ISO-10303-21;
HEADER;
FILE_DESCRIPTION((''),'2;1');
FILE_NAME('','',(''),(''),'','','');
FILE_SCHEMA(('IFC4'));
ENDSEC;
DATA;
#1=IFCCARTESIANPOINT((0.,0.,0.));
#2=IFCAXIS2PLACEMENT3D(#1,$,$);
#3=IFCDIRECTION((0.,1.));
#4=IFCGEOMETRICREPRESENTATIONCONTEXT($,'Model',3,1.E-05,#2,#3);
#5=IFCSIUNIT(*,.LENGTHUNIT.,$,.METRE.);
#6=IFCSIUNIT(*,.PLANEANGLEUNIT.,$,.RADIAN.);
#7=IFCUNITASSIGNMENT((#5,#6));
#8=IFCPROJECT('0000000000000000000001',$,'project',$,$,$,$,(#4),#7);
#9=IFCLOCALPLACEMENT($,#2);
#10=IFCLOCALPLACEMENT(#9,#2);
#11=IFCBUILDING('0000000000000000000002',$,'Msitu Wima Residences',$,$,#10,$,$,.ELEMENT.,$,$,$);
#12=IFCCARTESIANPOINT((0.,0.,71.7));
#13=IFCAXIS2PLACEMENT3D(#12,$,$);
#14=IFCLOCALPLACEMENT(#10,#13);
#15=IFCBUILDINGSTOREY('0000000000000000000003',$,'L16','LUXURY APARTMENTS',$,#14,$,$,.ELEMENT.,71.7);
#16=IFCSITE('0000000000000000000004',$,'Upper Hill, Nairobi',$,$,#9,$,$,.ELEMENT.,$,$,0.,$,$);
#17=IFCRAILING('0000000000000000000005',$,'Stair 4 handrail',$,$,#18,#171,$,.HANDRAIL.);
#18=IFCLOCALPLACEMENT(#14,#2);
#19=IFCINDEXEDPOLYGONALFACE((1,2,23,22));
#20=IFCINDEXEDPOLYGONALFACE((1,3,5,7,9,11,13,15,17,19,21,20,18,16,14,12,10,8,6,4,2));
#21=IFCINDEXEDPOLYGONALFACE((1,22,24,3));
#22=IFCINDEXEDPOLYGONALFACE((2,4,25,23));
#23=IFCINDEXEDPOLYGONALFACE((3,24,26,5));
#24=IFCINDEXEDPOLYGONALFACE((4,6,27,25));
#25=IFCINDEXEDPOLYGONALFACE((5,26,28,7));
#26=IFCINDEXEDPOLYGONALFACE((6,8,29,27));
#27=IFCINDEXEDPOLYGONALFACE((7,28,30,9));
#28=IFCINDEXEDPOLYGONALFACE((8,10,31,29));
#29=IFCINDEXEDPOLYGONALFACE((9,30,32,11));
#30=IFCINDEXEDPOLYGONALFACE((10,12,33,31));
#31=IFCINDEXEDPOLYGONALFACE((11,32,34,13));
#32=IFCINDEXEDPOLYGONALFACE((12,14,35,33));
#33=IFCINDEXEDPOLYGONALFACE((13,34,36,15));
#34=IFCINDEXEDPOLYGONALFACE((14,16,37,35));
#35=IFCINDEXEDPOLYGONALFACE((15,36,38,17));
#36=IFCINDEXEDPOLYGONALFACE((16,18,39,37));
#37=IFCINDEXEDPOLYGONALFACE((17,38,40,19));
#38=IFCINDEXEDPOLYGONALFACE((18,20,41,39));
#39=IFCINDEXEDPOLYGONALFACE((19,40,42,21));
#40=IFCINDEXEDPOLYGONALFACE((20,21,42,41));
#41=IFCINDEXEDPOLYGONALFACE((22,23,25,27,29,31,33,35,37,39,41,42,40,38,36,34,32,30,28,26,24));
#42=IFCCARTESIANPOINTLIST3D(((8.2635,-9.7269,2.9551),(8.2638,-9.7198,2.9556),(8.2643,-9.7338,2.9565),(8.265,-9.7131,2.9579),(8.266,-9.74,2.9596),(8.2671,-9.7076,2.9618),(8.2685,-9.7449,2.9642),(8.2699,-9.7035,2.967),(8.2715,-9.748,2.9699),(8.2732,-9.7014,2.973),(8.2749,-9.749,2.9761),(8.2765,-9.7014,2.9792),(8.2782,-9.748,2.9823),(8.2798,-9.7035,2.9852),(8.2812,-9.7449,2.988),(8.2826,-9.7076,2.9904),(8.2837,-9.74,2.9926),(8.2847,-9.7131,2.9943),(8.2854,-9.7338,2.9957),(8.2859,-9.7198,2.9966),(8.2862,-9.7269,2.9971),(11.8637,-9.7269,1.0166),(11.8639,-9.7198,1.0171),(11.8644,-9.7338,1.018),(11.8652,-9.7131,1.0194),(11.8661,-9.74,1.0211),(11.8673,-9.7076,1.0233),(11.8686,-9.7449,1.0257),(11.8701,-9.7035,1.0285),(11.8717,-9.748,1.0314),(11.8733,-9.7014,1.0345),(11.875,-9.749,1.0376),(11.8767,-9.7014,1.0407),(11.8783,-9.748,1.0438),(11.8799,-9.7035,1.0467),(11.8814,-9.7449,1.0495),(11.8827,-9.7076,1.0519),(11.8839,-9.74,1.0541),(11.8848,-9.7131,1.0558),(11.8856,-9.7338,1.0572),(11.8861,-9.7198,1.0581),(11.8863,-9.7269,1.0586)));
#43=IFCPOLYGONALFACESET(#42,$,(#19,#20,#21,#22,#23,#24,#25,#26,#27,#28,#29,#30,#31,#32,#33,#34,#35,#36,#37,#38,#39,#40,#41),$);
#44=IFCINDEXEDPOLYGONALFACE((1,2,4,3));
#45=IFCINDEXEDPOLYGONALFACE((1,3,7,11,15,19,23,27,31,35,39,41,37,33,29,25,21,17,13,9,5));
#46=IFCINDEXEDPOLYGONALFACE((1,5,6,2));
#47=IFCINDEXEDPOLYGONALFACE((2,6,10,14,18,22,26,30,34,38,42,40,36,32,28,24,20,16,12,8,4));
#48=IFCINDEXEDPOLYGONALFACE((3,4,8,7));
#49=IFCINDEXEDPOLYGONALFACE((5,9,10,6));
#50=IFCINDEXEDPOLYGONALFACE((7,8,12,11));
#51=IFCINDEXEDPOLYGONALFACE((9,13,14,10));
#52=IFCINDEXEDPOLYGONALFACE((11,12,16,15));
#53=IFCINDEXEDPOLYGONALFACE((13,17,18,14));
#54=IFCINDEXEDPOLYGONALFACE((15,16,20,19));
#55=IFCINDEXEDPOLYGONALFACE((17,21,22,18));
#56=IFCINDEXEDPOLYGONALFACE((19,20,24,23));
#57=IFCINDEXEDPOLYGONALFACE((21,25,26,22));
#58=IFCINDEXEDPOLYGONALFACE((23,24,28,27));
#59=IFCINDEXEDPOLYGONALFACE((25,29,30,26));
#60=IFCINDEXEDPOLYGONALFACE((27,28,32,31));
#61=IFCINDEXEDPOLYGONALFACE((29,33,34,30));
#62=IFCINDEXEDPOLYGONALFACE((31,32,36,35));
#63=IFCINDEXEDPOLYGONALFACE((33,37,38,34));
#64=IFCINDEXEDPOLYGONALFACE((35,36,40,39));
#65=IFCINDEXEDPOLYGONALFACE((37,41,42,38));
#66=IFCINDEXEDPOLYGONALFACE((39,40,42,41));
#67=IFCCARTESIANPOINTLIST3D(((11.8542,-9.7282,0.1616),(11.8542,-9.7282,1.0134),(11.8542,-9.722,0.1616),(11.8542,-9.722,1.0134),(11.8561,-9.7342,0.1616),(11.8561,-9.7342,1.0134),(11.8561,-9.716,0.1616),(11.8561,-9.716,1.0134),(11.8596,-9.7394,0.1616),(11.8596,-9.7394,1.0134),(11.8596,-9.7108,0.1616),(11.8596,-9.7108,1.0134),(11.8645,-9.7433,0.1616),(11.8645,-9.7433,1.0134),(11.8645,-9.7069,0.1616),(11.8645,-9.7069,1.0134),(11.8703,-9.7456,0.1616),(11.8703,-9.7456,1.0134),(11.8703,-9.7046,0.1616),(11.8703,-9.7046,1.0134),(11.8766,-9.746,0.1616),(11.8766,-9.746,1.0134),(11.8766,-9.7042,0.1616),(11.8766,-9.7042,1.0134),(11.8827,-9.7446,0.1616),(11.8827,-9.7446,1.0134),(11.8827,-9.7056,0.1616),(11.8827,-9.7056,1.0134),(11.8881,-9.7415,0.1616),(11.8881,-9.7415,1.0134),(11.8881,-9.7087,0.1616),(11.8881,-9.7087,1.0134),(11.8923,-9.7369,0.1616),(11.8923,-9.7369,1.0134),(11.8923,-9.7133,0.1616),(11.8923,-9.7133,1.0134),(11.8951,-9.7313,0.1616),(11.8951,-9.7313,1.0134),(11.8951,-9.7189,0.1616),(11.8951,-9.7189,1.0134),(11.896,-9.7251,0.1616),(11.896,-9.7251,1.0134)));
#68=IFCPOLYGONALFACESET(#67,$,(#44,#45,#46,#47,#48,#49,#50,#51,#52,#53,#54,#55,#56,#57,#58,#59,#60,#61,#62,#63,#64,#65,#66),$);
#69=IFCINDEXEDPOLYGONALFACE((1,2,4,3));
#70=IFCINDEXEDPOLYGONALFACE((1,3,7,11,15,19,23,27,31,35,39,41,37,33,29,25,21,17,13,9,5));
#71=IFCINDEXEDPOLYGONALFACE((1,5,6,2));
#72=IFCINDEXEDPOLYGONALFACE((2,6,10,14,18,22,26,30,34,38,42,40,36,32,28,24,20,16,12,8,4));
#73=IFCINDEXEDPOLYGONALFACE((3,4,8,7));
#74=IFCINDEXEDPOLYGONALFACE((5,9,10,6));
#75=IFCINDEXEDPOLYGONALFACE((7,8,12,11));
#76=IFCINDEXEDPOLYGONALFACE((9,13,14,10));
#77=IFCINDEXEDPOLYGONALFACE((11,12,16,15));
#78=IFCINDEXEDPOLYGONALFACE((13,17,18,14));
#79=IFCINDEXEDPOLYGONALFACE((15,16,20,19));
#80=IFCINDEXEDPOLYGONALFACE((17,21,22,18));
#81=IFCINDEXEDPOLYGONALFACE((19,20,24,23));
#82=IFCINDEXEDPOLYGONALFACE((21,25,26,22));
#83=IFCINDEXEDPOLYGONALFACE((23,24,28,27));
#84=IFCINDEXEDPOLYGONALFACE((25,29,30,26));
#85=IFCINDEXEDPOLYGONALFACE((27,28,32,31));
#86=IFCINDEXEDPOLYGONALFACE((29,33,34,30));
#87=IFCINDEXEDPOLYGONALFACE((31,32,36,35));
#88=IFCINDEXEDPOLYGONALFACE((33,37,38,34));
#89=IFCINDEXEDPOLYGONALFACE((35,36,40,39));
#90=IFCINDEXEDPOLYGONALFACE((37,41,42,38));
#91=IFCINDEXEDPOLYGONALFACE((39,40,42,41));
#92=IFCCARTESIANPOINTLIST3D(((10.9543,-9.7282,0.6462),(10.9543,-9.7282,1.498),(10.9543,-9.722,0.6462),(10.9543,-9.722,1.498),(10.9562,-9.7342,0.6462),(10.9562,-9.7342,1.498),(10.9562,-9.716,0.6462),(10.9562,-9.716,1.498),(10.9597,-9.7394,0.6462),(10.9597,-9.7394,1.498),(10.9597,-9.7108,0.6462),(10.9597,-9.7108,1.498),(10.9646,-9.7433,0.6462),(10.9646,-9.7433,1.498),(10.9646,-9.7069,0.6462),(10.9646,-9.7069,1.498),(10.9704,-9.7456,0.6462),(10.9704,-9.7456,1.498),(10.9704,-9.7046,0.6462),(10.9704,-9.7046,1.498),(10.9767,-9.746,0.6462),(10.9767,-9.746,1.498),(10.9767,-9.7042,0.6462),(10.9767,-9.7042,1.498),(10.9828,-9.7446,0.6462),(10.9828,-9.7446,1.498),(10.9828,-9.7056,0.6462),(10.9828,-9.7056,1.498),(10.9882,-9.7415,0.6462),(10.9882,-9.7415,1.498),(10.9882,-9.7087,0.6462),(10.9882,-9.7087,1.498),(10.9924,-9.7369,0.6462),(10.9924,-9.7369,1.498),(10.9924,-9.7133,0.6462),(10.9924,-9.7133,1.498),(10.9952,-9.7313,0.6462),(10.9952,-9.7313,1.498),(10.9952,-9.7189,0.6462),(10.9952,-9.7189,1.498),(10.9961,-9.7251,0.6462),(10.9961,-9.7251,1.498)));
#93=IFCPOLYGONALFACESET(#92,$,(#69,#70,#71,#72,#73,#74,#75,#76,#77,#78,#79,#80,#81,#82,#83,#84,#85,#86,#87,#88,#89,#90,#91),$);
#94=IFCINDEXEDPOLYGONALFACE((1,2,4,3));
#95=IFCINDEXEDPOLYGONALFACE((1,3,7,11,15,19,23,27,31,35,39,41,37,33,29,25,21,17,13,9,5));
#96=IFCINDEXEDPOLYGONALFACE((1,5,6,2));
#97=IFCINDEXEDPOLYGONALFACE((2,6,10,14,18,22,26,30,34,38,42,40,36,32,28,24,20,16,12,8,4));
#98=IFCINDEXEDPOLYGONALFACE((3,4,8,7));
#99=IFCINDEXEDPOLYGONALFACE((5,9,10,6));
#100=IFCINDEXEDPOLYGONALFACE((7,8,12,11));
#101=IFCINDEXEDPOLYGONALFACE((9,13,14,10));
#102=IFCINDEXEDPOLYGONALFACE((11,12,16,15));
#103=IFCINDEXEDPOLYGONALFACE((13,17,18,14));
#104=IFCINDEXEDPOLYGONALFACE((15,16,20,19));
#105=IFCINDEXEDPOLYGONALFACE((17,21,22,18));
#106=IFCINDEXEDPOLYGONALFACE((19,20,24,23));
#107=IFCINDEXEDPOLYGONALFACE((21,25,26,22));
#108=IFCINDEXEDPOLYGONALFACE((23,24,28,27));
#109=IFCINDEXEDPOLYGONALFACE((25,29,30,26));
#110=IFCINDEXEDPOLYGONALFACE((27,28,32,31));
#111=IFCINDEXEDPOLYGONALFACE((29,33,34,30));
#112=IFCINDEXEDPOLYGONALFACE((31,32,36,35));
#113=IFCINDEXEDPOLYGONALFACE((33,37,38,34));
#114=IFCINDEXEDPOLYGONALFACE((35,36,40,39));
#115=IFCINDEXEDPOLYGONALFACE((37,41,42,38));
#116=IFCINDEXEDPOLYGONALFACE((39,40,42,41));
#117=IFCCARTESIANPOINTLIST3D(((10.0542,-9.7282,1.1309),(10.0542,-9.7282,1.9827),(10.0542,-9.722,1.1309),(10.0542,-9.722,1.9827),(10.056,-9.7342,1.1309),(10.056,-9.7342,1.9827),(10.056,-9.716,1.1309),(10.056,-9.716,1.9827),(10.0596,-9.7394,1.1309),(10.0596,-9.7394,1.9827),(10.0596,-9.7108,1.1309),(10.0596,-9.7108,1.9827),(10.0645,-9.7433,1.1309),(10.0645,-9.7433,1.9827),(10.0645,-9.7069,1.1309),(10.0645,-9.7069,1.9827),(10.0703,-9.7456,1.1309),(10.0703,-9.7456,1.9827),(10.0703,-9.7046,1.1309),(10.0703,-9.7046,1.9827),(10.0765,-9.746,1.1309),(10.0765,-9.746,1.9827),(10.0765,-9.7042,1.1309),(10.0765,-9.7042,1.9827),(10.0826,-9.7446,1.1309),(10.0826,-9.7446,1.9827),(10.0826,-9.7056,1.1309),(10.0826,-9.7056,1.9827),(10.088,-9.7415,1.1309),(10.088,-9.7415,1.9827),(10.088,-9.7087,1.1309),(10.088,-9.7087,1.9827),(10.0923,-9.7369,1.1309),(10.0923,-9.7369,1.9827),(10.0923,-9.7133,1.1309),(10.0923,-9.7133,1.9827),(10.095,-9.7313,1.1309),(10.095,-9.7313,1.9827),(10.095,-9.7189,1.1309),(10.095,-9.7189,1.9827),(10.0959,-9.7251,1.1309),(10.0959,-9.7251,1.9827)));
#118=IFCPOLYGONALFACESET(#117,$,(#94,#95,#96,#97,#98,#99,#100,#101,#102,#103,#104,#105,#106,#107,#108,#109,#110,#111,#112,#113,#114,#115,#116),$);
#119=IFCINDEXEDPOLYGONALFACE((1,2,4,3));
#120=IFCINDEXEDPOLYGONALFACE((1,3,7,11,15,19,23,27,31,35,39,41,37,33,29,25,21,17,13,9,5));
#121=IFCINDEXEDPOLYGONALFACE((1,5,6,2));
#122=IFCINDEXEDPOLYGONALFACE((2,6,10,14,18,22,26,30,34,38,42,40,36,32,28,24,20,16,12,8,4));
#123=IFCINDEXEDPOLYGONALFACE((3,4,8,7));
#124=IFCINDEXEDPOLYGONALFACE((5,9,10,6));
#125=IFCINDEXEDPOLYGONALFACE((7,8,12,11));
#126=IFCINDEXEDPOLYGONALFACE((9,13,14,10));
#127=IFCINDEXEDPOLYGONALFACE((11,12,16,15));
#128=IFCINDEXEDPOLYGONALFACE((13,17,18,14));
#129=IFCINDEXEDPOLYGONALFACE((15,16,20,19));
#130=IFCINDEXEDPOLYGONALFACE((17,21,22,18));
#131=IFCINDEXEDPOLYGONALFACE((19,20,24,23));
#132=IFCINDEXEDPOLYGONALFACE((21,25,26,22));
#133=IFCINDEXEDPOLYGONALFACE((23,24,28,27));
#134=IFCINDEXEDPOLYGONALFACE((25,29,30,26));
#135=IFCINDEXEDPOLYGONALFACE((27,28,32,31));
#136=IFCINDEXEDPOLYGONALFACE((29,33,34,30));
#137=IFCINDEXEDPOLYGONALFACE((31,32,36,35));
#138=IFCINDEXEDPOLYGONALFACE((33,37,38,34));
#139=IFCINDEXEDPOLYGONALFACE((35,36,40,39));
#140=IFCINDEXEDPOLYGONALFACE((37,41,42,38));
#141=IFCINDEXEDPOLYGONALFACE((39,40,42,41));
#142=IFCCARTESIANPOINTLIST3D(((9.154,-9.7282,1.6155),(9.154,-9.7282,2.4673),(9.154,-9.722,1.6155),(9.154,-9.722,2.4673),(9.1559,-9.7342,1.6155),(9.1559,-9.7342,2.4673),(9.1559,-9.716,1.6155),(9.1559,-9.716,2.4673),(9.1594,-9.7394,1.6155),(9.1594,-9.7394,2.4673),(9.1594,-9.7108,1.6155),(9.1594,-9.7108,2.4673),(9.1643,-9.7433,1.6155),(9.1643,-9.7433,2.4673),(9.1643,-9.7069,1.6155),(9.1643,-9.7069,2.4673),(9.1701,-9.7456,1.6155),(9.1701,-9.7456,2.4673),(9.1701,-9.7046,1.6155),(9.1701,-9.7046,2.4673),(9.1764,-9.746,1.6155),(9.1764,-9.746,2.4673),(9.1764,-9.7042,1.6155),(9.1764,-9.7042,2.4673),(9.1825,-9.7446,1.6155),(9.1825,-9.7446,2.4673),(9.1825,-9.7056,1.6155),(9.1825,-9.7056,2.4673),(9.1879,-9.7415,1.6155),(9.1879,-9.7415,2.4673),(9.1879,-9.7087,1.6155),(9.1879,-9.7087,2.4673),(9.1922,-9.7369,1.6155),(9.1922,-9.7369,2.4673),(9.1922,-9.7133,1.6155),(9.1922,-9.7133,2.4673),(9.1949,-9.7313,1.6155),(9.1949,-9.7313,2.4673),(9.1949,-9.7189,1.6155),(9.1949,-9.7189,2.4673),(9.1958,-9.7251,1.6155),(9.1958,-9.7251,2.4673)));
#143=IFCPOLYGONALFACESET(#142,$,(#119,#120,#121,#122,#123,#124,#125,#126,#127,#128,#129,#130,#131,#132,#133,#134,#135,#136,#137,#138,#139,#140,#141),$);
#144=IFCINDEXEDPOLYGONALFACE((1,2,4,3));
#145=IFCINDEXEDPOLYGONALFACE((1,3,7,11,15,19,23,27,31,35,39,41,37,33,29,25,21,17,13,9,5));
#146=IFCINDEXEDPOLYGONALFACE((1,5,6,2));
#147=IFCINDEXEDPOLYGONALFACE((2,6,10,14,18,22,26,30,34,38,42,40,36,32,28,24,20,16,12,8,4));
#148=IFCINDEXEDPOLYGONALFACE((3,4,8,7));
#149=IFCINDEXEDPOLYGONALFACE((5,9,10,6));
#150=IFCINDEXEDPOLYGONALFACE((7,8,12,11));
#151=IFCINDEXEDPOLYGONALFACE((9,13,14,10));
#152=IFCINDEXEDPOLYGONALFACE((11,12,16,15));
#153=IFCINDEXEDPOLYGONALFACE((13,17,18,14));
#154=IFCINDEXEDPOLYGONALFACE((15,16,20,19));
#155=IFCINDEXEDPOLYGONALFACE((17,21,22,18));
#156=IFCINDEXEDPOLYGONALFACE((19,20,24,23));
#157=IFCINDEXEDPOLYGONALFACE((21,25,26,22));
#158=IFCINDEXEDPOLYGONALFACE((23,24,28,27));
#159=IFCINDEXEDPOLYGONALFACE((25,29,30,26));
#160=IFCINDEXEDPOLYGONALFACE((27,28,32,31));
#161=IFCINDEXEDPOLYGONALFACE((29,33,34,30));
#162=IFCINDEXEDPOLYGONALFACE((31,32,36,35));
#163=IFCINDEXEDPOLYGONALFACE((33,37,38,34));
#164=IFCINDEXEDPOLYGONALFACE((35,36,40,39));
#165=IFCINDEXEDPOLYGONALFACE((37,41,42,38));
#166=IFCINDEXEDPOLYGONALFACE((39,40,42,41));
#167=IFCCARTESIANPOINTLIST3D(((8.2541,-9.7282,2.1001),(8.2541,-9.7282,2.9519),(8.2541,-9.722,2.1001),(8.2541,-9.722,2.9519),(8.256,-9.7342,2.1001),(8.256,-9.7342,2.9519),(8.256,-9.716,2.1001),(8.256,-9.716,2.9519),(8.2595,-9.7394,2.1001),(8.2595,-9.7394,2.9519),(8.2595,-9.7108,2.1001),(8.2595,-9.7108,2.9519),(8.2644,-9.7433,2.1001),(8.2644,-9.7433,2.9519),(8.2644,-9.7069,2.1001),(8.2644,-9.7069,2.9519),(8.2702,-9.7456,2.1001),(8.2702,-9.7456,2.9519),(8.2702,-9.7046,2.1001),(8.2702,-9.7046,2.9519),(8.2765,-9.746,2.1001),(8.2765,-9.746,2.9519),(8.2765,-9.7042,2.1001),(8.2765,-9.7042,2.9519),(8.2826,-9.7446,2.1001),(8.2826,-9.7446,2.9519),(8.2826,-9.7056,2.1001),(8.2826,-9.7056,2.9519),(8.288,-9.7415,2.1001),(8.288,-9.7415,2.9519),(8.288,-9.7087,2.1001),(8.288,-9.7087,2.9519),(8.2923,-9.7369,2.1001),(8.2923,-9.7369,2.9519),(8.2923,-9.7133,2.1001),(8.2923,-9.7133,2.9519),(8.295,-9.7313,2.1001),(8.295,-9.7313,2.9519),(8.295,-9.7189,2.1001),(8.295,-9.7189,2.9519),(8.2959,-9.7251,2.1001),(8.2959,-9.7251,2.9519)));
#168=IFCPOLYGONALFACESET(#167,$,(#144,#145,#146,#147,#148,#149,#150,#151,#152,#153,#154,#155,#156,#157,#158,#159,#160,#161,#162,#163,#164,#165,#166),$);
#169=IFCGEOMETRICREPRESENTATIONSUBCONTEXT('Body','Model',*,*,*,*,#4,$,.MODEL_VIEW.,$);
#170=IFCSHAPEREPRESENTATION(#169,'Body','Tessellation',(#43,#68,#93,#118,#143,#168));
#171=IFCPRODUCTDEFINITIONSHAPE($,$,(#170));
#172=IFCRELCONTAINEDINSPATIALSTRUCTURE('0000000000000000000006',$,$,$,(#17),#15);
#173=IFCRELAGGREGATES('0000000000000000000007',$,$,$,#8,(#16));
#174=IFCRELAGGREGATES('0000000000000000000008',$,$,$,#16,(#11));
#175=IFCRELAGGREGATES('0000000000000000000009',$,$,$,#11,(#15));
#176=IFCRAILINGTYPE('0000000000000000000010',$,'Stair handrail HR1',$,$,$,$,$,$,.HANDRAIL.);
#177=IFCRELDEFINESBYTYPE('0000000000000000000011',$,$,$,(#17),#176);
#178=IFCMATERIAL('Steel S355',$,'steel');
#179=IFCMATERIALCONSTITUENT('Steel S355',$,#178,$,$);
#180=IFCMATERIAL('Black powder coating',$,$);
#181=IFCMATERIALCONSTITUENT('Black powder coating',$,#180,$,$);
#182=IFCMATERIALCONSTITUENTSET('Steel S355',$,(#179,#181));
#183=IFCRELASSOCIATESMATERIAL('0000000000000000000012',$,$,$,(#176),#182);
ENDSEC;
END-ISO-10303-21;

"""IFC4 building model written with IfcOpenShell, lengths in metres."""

from ifc_helpers import new_model, si_unit, direction, frame, origin, origin_2d, place, context, subcontext, project, spatial, circle, extrude, material, constituent, constituent_set, type_object, element, save


model = new_model("IFC4")

# Units and contexts
model_context = context("Model", 3, precision=1e-05, world=origin(), true_north=direction((0.0, 1.0)))
body_context = subcontext(model_context, "Body", "Model", "MODEL_VIEW")
ifc_project = project(units=[si_unit("LENGTHUNIT", "METRE"), si_unit("PLANEANGLEUNIT", "RADIAN")], contexts=[model_context])

# Site, building, storey
site_placement = place(None, origin())
site = spatial("IfcSite", under=ifc_project, at=site_placement, Name="Upper Hill, Nairobi", CompositionType="ELEMENT", RefElevation=0.0)
building_placement = place(site_placement, origin())
building = spatial("IfcBuilding", under=site, at=building_placement, Name="Msitu Wima Residences", CompositionType="ELEMENT")
storey_placement = place(building_placement, frame((0.0, 0.0, 71.7)))
storey = spatial("IfcBuildingStorey", under=building, at=storey_placement, Name="L16", Description="LUXURY APARTMENTS", CompositionType="ELEMENT", Elevation=71.7)

# Railing
ifc_material_1 = material(Name="Steel S355", Category="steel")
ifc_constituent_1 = constituent(ifc_material_1, Name="Steel S355")
ifc_material_2 = material(Name="Black powder coating")
ifc_constituent_2 = constituent(ifc_material_2, Name="Black powder coating")
ifc_constituent_set = constituent_set(constituents=[ifc_constituent_1, ifc_constituent_2], Name="Steel S355")
railing_type = type_object("IfcRailingType", Name="Stair handrail HR1", PredefinedType="HANDRAIL", material=ifc_constituent_set)
for number, where, name in (
    (1, (11.875, -9.7251, 0.1616), "Stair 4 handrail"),
):
    element("IfcRailing", number, at=place(storey_placement, frame(where)), inside=storey, type_object=railing_type, Name=name, PredefinedType="HANDRAIL", context=body_context, shape_type="SweptSolid", body=[
        extrude(circle(Radius=0.0239, at=origin_2d()), frame((0.0, 0.0, 0.876), z_axis=(-0.880475, 0.0, 0.474093), x_axis=(0.0, -1.0, 0.0)), (0.0, 0.0, 1.0), 4.0889),
        extrude(circle(Radius=0.021, at=origin_2d()), origin(), (0.0, 0.0, 1.0), 0.8518),
        extrude(circle(Radius=0.021, at=origin_2d()), frame((-0.8999, 0.0, 0.4846)), (0.0, 0.0, 1.0), 0.8518),
        extrude(circle(Radius=0.021, at=origin_2d()), frame((-1.8, 0.0, 0.9692)), (0.0, 0.0, 1.0), 0.8518),
        extrude(circle(Radius=0.021, at=origin_2d()), frame((-2.7002, 0.0, 1.4539)), (0.0, 0.0, 1.0), 0.8518),
        extrude(circle(Radius=0.021, at=origin_2d()), frame((-3.6001, 0.0, 1.9385)), (0.0, 0.0, 1.0), 0.8518),
    ])

save(model, "model.ifc")
